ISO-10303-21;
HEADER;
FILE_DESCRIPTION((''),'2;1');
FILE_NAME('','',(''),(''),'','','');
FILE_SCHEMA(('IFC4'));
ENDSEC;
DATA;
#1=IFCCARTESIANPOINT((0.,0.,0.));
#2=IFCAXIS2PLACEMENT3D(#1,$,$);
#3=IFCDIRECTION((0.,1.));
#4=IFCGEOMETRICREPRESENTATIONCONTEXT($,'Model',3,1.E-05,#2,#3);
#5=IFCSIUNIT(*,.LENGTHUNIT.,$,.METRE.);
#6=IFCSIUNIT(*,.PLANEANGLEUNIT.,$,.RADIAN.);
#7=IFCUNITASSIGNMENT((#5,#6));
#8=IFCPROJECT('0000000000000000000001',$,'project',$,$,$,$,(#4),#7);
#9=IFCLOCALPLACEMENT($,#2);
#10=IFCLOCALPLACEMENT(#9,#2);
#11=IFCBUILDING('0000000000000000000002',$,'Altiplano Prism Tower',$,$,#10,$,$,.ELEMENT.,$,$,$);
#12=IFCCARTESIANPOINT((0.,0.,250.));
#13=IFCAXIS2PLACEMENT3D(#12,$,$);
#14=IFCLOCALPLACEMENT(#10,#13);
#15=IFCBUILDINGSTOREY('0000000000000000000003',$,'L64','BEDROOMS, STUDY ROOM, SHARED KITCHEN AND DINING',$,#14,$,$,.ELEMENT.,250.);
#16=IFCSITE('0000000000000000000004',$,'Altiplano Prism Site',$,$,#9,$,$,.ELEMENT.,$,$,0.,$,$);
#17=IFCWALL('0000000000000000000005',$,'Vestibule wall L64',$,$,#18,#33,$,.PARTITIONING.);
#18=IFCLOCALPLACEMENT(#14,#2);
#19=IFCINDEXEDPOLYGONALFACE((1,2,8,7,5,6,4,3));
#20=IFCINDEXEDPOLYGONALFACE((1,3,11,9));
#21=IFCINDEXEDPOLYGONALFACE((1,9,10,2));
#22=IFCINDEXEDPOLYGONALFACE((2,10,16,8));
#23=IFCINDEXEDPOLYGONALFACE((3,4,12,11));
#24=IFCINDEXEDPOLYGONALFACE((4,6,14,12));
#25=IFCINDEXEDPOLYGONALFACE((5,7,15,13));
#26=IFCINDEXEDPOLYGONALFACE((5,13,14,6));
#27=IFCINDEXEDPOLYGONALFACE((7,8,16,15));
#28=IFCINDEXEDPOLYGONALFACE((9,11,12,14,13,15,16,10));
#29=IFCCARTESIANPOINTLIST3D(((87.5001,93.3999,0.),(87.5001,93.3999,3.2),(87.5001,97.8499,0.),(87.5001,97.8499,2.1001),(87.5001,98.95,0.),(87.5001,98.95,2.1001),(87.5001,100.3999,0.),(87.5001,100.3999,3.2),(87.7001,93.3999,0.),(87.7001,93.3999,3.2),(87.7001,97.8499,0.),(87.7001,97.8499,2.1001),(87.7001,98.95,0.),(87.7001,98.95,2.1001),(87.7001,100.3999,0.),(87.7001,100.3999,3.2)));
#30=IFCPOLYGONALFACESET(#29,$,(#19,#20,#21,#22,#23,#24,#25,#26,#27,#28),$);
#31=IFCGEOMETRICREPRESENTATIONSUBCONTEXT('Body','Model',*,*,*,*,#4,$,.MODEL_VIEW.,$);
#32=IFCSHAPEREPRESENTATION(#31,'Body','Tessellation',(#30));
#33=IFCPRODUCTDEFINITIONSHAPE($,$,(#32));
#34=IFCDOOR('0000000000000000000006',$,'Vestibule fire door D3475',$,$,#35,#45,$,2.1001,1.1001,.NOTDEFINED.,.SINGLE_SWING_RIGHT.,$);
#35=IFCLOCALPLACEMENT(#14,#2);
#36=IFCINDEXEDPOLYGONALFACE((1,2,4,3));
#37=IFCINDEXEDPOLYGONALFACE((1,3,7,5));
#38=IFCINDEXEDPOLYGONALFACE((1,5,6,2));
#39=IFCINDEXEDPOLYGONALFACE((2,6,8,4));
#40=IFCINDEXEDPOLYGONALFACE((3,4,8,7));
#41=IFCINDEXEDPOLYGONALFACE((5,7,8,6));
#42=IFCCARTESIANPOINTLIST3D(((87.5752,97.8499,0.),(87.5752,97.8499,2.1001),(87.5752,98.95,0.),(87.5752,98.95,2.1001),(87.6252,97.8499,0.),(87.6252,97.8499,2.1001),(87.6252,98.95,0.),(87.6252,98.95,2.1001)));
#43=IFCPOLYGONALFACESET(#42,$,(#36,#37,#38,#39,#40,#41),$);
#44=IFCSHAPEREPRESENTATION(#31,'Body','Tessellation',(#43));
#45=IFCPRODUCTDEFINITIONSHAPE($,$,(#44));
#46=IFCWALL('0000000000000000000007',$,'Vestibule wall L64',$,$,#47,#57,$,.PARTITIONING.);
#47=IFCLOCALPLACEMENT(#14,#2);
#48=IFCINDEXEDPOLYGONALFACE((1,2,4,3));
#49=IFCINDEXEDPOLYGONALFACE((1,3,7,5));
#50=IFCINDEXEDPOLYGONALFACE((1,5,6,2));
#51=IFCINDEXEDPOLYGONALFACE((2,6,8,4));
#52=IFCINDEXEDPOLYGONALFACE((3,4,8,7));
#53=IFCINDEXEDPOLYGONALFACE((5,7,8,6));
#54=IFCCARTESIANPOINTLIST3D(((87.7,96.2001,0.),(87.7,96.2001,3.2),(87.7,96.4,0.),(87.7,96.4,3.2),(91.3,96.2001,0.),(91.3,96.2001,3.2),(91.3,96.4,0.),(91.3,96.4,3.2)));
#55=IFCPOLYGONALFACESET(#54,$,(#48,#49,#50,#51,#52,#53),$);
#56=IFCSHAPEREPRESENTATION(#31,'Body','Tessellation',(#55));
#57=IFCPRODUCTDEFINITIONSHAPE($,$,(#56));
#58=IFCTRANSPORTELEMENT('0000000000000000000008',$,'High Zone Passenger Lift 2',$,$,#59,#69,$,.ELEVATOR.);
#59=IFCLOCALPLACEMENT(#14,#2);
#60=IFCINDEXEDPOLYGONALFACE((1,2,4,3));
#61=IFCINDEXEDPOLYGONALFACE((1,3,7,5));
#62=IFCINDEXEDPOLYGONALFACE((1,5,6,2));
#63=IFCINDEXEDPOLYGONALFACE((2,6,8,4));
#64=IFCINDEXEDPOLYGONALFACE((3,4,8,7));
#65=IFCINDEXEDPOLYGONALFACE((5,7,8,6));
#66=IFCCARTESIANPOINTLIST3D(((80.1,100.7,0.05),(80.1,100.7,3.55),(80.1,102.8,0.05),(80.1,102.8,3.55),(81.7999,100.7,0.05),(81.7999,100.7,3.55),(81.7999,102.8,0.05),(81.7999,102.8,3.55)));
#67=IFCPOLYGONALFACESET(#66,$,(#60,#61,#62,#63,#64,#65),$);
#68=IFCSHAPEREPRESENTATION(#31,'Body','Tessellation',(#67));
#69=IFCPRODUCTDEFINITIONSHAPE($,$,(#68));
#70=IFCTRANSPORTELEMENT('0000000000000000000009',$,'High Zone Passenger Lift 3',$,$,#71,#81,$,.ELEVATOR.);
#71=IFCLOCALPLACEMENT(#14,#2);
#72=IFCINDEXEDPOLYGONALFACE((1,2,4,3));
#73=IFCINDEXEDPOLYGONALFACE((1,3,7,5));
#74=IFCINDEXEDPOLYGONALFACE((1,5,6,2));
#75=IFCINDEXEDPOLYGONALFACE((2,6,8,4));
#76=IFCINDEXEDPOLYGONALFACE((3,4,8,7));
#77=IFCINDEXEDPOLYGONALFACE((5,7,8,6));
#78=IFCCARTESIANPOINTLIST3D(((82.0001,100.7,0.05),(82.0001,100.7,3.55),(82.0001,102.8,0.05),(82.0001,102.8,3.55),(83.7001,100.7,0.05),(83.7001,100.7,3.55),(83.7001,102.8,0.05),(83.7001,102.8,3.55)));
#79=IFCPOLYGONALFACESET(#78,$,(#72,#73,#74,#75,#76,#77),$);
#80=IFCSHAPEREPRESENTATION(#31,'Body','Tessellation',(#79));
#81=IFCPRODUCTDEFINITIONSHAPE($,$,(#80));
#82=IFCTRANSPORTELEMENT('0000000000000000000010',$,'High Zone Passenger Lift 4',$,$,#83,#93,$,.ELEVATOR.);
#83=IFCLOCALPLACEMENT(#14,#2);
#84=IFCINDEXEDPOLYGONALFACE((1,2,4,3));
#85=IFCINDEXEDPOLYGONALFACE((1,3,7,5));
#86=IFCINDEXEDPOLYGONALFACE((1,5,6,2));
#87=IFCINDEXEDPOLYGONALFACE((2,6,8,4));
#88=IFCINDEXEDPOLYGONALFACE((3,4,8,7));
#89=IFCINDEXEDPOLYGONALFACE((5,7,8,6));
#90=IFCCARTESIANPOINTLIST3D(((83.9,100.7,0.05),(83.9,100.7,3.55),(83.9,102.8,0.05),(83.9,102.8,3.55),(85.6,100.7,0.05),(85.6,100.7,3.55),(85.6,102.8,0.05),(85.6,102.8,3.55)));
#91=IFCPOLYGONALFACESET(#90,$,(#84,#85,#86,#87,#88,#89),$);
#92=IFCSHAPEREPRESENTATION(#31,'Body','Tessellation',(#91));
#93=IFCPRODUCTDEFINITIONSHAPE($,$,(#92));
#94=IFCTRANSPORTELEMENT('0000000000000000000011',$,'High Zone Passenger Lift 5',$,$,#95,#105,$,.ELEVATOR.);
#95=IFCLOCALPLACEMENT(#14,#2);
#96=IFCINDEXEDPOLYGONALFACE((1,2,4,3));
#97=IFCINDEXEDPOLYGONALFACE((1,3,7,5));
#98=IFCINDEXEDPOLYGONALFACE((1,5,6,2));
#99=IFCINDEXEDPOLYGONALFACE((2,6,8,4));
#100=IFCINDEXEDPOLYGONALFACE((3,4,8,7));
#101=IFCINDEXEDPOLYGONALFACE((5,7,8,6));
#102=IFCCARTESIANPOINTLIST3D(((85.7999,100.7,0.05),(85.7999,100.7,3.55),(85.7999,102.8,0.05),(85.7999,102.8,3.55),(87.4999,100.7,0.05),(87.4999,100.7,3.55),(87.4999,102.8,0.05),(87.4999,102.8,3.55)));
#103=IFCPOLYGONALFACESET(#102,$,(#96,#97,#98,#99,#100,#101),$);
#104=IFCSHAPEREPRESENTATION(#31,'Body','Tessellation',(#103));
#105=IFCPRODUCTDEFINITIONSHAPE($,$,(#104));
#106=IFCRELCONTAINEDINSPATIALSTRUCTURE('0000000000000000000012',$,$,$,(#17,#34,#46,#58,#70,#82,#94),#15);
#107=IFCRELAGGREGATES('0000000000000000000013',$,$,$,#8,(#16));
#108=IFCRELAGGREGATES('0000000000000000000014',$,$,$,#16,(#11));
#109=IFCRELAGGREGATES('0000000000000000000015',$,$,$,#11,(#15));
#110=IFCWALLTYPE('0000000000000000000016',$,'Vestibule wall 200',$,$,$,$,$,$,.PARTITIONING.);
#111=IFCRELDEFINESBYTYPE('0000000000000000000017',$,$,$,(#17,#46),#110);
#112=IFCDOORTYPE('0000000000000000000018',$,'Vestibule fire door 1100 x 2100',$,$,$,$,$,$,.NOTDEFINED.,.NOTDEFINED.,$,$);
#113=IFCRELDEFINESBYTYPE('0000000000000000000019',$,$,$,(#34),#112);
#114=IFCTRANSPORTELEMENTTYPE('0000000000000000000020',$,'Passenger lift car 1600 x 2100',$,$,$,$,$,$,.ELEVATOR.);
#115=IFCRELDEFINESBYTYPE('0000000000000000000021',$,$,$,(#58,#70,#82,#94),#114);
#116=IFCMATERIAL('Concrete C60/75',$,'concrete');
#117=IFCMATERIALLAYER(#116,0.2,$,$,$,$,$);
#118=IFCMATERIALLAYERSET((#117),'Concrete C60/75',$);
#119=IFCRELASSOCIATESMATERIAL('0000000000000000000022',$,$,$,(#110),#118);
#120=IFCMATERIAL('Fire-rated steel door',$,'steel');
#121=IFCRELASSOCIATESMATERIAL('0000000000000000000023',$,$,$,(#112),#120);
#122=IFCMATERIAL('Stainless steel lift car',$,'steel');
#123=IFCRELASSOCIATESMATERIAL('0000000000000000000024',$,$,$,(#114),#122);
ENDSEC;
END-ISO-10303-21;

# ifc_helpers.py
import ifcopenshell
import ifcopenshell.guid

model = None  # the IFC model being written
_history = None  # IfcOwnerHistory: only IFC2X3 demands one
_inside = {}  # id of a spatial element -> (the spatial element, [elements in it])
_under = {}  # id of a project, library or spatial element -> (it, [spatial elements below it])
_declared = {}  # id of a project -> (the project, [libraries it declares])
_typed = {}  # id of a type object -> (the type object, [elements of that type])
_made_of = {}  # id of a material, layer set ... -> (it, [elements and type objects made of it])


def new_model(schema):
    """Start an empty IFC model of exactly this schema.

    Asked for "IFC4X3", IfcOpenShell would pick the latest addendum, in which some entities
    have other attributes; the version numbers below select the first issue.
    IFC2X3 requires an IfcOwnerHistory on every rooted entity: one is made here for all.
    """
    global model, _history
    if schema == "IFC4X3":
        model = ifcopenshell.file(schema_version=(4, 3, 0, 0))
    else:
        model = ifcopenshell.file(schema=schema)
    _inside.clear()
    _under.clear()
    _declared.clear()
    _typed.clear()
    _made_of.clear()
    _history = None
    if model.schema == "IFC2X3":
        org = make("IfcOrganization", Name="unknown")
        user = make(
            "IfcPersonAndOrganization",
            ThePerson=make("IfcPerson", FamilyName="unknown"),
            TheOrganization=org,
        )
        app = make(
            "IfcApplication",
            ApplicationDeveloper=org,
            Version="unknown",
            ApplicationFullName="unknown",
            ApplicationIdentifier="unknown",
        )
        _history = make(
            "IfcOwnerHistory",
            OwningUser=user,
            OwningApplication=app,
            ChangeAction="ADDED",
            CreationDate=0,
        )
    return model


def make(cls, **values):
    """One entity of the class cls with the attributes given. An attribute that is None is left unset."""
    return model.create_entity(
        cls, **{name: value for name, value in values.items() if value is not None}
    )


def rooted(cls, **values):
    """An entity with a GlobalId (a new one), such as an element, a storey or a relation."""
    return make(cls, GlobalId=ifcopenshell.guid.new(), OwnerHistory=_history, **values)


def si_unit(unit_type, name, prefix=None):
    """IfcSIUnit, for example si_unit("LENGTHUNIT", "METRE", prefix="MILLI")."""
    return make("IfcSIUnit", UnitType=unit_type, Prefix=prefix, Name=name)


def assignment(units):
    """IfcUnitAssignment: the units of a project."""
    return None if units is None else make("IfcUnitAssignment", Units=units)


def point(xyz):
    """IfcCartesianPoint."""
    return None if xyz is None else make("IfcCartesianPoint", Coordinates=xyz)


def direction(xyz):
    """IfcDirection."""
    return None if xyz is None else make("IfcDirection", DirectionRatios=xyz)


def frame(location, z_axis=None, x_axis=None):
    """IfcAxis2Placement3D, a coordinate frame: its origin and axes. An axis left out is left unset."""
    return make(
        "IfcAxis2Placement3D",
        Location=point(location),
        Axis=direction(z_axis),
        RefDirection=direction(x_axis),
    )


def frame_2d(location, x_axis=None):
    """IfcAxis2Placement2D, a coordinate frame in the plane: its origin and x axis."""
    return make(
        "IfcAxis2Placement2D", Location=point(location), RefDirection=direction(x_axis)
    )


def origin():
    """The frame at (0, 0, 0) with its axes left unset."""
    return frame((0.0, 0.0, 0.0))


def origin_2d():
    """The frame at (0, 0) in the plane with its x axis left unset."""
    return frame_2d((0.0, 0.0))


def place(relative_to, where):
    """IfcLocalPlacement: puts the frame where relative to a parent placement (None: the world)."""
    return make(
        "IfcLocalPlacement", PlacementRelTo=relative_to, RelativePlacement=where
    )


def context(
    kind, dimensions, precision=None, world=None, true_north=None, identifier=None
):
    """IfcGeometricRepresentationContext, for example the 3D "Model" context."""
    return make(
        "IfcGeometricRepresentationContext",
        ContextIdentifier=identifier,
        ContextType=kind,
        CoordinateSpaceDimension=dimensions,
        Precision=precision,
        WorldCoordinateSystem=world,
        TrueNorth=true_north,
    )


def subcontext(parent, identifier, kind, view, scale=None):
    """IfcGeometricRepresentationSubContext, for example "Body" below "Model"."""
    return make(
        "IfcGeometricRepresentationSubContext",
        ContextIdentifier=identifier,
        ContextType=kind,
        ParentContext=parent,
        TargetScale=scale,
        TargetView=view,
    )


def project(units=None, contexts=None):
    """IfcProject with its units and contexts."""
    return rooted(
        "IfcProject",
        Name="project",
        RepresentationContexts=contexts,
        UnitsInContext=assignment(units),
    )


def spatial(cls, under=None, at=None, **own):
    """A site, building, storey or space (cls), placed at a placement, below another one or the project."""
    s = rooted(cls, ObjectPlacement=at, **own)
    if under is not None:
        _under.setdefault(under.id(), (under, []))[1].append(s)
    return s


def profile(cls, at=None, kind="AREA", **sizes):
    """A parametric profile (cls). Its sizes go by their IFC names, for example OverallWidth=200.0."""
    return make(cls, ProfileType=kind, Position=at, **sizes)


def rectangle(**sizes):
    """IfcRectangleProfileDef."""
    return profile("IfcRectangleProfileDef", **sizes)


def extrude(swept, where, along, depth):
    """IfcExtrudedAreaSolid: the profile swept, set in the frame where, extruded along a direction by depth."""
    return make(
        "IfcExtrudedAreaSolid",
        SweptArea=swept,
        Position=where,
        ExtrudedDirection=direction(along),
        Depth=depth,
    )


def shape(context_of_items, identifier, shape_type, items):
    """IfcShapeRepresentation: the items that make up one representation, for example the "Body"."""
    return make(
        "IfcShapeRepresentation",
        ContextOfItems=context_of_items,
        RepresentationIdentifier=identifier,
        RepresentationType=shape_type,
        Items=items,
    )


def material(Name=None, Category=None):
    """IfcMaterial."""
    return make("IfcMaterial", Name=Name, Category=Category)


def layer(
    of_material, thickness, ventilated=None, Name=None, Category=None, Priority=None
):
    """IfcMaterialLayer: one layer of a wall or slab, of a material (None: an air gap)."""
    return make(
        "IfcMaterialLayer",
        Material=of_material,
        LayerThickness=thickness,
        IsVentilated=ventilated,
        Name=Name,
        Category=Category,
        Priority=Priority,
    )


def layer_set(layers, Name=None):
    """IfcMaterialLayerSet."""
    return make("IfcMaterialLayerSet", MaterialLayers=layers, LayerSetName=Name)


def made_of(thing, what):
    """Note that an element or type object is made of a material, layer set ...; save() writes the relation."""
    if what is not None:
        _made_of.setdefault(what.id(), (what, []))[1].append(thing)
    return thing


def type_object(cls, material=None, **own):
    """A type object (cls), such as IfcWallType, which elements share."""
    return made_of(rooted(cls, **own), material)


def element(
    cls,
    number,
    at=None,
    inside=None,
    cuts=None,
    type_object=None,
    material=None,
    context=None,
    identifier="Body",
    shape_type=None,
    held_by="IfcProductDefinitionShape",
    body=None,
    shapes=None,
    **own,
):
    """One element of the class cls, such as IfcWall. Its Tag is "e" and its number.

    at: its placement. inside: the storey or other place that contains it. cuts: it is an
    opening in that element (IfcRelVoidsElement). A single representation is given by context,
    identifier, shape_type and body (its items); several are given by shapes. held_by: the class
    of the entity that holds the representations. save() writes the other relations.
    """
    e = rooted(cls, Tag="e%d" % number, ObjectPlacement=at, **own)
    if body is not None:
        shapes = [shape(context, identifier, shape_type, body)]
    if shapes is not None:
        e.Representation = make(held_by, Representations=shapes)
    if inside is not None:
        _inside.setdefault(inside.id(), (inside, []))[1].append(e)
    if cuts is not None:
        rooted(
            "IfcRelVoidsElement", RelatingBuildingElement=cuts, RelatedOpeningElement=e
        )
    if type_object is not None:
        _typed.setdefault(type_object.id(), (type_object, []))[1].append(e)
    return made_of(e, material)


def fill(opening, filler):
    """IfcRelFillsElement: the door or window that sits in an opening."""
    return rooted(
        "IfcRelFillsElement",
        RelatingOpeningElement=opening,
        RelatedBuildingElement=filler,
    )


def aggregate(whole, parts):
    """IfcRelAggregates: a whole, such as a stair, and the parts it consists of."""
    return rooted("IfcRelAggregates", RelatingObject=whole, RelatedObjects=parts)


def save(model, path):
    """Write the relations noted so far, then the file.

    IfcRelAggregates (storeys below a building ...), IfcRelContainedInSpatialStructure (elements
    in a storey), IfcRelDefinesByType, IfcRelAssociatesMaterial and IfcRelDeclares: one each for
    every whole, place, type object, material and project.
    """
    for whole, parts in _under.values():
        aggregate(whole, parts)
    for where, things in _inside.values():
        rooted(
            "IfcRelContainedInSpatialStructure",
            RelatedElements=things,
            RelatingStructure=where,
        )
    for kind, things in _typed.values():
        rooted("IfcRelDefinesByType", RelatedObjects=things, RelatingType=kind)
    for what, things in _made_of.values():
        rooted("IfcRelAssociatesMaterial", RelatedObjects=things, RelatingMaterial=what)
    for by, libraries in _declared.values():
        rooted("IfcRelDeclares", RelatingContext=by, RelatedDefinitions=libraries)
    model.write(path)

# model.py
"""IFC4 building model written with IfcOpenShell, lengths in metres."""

from ifc_helpers import new_model, si_unit, direction, frame, frame_2d, origin, origin_2d, place, context, subcontext, project, spatial, rectangle, extrude, material, layer, layer_set, type_object, element, fill, save


model = new_model("IFC4")

# Units and contexts
model_context = context("Model", 3, precision=1e-05, world=origin(), true_north=direction((0.0, 1.0)))
body_context = subcontext(model_context, "Body", "Model", "MODEL_VIEW")
ifc_project = project(units=[si_unit("LENGTHUNIT", "METRE"), si_unit("PLANEANGLEUNIT", "RADIAN")], contexts=[model_context])

# Site, building, storey
site_placement = place(None, origin())
site = spatial("IfcSite", under=ifc_project, at=site_placement, Name="Altiplano Prism Site", CompositionType="ELEMENT", RefElevation=0.0)
building_placement = place(site_placement, origin())
building = spatial("IfcBuilding", under=site, at=building_placement, Name="Altiplano Prism Tower", CompositionType="ELEMENT")
storey_placement = place(building_placement, frame((0.0, 0.0, 250.0)))
storey = spatial("IfcBuildingStorey", under=building, at=storey_placement, Name="L64", Description="BEDROOMS, STUDY ROOM, SHARED KITCHEN AND DINING", CompositionType="ELEMENT", Elevation=250.0)

# Shared definitions
ifc_material_1 = material(Name="Concrete C60/75", Category="concrete")

# Shared definitions
ifc_material_2 = material(Name="Fire-rated steel door", Category="steel")

# Shared definitions
ifc_layer_1 = layer(ifc_material_1, 0.2)
ifc_layer_set_1 = layer_set([ifc_layer_1], Name="Concrete C60/75")
wall_type_1 = type_object("IfcWallType", Name="Vestibule wall 200", PredefinedType="PARTITIONING", material=ifc_layer_set_1)

# Wall, opening, door
wall_1_placement = place(storey_placement, frame((87.6001, 93.3999, 0.0), z_axis=(0.0, 0.0, 1.0), x_axis=(0.0, 1.0, 0.0)))
wall_1 = element("IfcWall", 1, at=wall_1_placement, inside=storey, type_object=wall_type_1, Name="Vestibule wall L64", PredefinedType="PARTITIONING", context=body_context, shape_type="SweptSolid", body=[
    extrude(rectangle(XDim=7.0, YDim=0.2, at=frame_2d((3.5, 0.0))), origin(), (0.0, 0.0, 1.0), 3.2),
])
opening_1_placement = place(wall_1_placement, frame((4.45, 0.0, 0.0)))
opening_1 = element("IfcOpeningElement", 2, at=opening_1_placement, cuts=wall_1, PredefinedType="OPENING", context=body_context, shape_type="SweptSolid", body=[
    extrude(rectangle(XDim=1.1001, YDim=2.1001, at=frame_2d((0.55, 1.05))), frame((0.0, 0.1104, 0.0), z_axis=(0.0, -1.0, 0.0), x_axis=(1.0, 0.0, 0.0)), (0.0, 0.0, 1.0), 0.2209),
])
door_type_1 = type_object("IfcDoorType", Name="Vestibule fire door 1100 x 2100", OperationType="NOTDEFINED", PredefinedType="NOTDEFINED", material=ifc_material_2)
door_1_placement = place(opening_1_placement, origin())
door_1 = element("IfcDoor", 3, at=door_1_placement, inside=storey, type_object=door_type_1, Name="Vestibule fire door D3475", OperationType="SINGLE_SWING_RIGHT", OverallHeight=2.1001, OverallWidth=1.1001, PredefinedType="NOTDEFINED", context=body_context, shape_type="SweptSolid", body=[
    extrude(rectangle(XDim=1.1001, YDim=2.1001, at=frame_2d((0.55, 1.05))), frame((0.0, 0.0249, 0.0), z_axis=(0.0, -1.0, 0.0), x_axis=(1.0, 0.0, 0.0)), (0.0, 0.0, 1.0), 0.05),
])
fill(opening_1, door_1)

# Wall
wall_2_placement = place(storey_placement, frame((87.7, 96.3, 0.0), z_axis=(0.0, 0.0, 1.0), x_axis=(1.0, 0.0, 0.0)))
element("IfcWall", 4, at=wall_2_placement, inside=storey, type_object=wall_type_1, Name="Vestibule wall L64", PredefinedType="PARTITIONING", context=body_context, shape_type="SweptSolid", body=[
    extrude(rectangle(XDim=3.6001, YDim=0.2, at=frame_2d((1.8, 0.0))), origin(), (0.0, 0.0, 1.0), 3.2),
])

# Transport elements
ifc_material_3 = material(Name="Stainless steel lift car", Category="steel")
transport_element_type = type_object("IfcTransportElementType", Name="Passenger lift car 1600 x 2100", PredefinedType="ELEVATOR", material=ifc_material_3)
for number, where, z_axis, x_axis, name in (
    (5, (80.95, 101.75, 0.05), (0.0, 0.0, 1.0), (1.0, 0.0, 0.0), "High Zone Passenger Lift 2"),
    (6, (82.8501, 101.75, 0.05), (0.0, 0.0, 1.0), (1.0, 0.0, 0.0), "High Zone Passenger Lift 3"),
    (7, (84.75, 101.75, 0.05), (0.0, 0.0, 1.0), (1.0, 0.0, 0.0), "High Zone Passenger Lift 4"),
    (8, (86.6499, 101.75, 0.05), (0.0, 0.0, 1.0), (1.0, 0.0, 0.0), "High Zone Passenger Lift 5"),
):
    element("IfcTransportElement", number, at=place(storey_placement, frame(where, z_axis=z_axis, x_axis=x_axis)), inside=storey, type_object=transport_element_type, Name=name, PredefinedType="ELEVATOR", context=body_context, shape_type="SweptSolid", body=[
        extrude(rectangle(XDim=1.7, YDim=2.1001, at=origin_2d()), origin(), (0.0, 0.0, 1.0), 3.5),
    ])

save(model, "model.ifc")
